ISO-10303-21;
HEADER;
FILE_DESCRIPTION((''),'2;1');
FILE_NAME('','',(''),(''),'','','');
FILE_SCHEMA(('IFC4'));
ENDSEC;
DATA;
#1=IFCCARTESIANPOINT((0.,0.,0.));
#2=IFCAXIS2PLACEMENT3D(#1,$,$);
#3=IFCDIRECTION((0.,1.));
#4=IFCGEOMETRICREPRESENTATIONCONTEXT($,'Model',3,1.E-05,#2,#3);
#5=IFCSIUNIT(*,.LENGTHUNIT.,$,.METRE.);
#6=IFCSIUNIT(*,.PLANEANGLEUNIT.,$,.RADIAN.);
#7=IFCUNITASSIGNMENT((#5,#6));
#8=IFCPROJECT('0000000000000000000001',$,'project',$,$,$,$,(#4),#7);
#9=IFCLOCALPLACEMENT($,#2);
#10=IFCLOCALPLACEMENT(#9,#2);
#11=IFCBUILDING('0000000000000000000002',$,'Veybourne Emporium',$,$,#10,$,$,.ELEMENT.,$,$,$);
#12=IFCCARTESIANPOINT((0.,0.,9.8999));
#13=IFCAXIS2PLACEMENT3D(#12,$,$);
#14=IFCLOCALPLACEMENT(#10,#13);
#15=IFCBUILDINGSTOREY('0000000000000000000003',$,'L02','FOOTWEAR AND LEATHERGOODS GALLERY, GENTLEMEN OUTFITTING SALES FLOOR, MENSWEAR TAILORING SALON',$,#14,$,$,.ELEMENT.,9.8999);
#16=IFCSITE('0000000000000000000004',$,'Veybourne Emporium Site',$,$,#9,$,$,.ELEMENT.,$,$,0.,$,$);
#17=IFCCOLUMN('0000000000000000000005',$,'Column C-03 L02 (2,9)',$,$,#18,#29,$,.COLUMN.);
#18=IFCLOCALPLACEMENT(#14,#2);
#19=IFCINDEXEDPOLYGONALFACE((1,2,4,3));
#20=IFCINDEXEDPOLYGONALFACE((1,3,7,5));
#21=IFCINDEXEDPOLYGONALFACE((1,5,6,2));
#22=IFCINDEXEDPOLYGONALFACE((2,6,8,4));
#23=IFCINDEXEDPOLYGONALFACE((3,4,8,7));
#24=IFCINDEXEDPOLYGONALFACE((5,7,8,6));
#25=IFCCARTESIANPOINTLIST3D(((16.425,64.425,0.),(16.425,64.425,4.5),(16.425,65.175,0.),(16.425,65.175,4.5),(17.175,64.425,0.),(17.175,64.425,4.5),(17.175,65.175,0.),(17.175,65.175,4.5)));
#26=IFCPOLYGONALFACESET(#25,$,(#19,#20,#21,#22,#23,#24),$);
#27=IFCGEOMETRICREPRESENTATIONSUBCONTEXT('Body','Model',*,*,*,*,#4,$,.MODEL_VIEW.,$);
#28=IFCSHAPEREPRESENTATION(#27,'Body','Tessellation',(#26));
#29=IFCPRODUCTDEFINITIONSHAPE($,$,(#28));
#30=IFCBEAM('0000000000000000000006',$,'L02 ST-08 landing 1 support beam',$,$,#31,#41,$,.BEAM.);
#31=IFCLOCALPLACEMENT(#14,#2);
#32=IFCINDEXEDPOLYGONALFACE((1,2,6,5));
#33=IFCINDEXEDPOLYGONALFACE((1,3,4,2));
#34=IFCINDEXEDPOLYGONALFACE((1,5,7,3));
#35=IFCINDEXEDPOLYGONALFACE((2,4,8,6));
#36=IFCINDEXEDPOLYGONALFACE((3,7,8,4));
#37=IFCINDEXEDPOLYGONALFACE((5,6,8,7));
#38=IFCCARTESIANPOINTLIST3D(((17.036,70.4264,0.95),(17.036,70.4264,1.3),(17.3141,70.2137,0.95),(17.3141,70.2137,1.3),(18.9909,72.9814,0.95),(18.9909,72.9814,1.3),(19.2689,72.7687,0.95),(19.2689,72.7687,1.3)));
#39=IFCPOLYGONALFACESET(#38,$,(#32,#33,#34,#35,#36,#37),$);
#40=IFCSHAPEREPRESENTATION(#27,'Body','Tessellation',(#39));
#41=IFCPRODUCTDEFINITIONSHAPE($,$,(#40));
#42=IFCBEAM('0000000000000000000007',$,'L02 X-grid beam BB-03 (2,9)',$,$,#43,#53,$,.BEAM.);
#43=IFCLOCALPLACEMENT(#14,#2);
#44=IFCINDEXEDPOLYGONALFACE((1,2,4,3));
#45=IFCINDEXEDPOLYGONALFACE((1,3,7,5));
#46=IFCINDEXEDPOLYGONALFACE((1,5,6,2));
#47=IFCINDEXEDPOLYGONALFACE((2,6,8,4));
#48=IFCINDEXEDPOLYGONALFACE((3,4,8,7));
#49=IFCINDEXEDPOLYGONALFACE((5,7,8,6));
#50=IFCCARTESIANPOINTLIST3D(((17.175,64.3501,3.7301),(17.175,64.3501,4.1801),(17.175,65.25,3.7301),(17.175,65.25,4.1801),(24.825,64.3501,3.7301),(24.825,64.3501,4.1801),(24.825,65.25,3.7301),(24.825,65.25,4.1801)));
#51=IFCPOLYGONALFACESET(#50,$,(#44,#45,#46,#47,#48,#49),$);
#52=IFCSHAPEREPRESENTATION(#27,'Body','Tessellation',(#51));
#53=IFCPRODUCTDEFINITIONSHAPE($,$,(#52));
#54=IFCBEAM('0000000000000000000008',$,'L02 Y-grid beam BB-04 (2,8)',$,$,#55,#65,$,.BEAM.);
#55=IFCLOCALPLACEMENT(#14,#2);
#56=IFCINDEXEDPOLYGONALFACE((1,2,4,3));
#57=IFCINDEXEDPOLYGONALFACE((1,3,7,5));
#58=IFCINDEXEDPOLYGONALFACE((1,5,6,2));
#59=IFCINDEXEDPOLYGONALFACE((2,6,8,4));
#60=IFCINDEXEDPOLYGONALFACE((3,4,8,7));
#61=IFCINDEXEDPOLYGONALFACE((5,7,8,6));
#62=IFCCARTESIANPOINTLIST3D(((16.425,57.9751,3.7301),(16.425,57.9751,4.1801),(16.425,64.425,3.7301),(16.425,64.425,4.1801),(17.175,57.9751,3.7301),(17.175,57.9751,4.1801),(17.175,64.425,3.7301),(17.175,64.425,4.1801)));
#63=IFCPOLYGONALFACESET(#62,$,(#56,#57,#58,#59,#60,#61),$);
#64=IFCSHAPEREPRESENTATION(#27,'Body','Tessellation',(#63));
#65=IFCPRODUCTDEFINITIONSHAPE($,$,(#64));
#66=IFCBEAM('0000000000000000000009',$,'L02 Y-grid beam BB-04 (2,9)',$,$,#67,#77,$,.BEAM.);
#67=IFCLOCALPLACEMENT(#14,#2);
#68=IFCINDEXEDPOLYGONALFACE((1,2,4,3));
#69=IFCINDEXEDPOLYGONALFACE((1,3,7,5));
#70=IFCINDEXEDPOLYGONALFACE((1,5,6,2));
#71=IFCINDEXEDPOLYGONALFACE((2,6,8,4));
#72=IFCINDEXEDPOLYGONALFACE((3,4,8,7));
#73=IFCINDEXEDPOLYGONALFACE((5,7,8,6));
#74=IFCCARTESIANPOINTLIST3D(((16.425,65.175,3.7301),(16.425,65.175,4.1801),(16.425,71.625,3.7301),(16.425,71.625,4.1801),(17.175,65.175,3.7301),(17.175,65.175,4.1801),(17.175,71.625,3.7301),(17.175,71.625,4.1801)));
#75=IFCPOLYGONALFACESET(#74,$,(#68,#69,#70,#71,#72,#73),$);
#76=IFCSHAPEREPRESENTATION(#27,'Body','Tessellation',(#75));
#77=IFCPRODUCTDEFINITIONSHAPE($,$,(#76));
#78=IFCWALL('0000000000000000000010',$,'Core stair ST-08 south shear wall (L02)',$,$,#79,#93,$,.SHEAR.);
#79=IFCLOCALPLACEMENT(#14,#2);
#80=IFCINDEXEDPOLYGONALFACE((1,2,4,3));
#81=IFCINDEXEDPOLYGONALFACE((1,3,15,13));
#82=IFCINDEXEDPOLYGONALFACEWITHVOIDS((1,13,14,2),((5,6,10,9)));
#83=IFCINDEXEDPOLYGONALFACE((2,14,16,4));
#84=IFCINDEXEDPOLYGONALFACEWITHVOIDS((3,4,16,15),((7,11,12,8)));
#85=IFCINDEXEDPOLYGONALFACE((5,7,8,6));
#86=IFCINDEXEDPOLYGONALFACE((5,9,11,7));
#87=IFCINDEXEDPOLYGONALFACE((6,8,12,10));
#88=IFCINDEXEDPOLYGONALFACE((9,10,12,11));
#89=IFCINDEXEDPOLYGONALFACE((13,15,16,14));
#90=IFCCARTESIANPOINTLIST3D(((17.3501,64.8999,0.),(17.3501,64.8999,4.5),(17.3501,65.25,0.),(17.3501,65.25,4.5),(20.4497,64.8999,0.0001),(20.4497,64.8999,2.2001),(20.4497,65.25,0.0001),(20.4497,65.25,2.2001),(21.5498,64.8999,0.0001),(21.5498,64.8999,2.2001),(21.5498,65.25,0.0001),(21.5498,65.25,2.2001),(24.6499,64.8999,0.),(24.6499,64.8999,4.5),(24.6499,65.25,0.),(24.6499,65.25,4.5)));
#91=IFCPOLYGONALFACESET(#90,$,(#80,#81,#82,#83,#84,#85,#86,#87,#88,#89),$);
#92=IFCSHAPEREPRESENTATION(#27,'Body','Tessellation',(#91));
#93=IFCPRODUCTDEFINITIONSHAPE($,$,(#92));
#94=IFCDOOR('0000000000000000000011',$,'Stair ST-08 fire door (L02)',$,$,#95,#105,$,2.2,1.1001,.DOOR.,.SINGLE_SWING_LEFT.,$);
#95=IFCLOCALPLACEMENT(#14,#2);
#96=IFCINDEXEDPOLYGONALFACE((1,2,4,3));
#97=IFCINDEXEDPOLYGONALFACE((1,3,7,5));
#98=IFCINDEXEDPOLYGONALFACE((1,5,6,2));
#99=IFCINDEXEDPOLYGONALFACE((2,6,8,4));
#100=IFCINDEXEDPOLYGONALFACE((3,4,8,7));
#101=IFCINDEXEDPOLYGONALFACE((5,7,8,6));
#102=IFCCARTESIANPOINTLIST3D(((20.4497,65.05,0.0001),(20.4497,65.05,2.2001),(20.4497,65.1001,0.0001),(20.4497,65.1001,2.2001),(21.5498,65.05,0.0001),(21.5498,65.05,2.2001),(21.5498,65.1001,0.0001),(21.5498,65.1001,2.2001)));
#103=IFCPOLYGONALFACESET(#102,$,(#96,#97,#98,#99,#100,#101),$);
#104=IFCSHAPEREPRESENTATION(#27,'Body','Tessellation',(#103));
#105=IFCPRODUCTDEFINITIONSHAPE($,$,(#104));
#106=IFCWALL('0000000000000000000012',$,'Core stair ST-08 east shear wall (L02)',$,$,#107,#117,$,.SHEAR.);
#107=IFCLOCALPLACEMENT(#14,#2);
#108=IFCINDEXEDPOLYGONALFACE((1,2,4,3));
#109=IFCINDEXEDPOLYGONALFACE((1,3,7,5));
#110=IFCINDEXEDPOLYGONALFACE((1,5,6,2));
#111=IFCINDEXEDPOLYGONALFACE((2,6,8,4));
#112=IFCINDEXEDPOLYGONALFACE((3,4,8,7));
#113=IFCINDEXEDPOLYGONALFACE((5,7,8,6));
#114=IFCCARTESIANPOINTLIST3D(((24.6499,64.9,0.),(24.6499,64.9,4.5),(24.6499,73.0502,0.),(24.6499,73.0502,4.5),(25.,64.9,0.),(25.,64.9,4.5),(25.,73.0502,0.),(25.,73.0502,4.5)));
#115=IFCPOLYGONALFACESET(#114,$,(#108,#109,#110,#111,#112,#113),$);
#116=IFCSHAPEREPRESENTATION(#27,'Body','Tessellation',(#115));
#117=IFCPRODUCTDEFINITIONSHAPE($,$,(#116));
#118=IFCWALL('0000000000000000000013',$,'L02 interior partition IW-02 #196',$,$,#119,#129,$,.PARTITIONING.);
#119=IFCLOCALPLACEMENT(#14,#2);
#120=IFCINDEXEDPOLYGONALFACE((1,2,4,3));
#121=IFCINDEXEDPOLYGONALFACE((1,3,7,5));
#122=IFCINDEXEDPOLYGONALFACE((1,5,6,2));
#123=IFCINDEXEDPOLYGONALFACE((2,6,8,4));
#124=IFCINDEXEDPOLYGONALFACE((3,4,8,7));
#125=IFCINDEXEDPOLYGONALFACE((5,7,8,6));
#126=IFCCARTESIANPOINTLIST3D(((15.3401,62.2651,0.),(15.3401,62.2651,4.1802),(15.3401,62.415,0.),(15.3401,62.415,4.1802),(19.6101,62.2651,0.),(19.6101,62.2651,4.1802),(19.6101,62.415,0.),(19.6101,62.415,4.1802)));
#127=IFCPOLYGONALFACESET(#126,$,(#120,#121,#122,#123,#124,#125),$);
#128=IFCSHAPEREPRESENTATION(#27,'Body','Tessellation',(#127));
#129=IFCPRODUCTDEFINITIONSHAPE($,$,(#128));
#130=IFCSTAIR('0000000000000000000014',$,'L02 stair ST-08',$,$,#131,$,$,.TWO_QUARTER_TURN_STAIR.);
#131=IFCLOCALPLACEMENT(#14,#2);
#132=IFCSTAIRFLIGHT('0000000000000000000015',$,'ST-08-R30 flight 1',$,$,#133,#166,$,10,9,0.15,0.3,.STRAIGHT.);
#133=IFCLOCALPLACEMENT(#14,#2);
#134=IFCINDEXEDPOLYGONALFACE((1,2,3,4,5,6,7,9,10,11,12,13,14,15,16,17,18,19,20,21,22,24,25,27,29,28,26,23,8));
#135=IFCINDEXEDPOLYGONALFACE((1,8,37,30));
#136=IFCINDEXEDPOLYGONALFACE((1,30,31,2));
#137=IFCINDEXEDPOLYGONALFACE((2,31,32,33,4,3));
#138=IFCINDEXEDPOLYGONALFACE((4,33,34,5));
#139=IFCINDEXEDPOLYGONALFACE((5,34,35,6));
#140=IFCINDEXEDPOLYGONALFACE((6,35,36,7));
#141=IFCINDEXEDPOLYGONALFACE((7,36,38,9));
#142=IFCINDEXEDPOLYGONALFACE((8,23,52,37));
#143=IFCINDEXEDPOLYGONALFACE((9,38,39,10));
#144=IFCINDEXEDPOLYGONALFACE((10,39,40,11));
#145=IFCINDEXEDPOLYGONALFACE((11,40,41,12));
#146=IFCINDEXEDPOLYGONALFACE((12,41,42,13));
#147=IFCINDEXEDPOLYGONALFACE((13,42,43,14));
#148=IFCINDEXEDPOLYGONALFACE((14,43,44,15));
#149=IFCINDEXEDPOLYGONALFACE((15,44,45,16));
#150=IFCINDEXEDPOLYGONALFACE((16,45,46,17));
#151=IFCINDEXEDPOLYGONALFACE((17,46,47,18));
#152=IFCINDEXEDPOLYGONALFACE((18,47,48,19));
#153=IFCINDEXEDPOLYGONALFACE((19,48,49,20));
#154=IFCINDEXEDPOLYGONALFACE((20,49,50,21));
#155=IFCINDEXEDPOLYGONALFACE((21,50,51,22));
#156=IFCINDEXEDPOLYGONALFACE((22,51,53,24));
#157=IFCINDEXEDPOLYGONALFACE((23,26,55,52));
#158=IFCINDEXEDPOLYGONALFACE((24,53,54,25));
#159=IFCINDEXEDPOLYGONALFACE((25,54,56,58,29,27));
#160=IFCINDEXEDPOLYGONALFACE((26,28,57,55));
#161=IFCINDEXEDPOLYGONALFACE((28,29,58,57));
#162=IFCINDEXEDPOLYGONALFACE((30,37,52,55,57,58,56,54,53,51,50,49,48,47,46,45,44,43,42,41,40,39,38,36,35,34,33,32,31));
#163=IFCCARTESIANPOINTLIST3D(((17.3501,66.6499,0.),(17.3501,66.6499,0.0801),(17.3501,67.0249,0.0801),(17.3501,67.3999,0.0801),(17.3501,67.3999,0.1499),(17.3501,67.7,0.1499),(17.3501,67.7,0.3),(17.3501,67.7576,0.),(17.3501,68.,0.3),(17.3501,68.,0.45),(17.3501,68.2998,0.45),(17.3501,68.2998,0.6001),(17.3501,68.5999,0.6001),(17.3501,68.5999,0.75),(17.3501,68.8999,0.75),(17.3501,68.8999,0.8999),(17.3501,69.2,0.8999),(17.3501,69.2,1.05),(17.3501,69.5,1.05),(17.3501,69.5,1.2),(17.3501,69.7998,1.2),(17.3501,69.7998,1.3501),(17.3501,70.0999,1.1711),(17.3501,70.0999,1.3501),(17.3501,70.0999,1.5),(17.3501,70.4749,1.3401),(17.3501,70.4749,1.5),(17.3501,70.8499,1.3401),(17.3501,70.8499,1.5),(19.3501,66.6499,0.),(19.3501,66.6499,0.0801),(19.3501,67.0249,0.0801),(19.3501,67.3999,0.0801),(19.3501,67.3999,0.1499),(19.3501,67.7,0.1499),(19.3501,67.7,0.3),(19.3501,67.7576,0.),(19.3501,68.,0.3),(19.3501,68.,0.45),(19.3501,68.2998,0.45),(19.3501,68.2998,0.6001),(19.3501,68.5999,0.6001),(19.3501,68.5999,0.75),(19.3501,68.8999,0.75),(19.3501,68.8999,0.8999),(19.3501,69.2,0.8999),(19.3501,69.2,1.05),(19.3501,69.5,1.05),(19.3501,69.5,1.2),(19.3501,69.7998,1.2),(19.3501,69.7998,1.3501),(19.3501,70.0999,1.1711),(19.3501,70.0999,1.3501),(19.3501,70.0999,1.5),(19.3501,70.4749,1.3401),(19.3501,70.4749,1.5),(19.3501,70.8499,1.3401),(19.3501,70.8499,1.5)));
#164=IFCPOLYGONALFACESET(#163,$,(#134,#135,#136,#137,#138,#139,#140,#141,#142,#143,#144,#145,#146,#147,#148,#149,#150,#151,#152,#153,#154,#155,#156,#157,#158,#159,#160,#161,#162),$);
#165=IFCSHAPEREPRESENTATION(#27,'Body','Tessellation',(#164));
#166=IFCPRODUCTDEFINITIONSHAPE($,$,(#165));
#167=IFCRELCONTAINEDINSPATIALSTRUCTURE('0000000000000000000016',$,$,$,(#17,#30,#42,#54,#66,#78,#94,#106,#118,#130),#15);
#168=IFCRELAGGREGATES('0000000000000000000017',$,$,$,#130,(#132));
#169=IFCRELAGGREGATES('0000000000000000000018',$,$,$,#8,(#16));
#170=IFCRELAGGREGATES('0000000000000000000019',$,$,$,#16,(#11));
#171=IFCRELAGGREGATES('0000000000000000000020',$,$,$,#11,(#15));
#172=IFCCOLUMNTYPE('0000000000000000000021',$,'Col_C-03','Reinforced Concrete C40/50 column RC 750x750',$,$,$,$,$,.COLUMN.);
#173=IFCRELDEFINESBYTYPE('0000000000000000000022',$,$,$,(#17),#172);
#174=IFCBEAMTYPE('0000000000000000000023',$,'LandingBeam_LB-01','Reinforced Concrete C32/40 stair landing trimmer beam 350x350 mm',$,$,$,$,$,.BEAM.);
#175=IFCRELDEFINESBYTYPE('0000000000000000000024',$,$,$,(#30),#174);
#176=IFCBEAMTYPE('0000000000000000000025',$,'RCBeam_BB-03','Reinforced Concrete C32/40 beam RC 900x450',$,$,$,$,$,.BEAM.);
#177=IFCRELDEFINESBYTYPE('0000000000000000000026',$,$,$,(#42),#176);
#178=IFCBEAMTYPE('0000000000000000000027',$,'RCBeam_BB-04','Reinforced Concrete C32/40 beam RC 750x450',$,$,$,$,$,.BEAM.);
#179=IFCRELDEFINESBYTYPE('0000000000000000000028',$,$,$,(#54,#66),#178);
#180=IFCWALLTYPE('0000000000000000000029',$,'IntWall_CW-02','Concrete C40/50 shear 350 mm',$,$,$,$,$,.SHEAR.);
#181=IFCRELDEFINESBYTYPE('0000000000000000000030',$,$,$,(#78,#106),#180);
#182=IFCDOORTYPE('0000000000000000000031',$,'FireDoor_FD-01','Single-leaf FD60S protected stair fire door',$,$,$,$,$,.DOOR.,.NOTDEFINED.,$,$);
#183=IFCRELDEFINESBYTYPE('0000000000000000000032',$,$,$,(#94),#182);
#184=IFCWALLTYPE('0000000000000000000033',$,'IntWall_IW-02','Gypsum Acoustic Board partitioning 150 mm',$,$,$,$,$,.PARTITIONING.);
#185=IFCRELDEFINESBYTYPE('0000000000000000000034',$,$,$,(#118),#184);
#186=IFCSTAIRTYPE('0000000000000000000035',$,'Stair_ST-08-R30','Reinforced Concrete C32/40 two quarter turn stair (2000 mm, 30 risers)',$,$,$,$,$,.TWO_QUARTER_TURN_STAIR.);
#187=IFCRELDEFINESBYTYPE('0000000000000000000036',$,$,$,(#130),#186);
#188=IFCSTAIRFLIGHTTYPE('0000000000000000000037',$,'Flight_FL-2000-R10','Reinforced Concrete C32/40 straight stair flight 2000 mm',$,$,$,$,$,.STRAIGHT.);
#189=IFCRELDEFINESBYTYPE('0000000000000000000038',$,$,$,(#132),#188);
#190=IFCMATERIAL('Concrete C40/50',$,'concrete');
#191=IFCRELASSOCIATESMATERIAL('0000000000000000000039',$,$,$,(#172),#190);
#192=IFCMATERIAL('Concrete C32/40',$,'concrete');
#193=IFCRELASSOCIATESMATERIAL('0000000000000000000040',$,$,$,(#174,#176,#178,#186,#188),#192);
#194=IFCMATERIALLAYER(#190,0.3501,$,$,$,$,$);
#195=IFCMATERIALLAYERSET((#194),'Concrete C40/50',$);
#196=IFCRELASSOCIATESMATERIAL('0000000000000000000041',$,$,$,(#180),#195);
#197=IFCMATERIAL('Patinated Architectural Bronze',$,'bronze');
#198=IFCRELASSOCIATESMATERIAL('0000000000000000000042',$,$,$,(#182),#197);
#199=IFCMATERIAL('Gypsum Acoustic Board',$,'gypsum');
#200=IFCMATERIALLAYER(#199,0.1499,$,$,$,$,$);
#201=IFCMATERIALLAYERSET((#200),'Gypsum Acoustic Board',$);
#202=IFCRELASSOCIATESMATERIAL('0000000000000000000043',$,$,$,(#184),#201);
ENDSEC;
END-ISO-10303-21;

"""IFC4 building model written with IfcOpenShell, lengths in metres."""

from ifc_helpers import new_model, si_unit, direction, frame, frame_2d, origin, origin_2d, place, context, subcontext, project, spatial, polyline, rectangle, outline, extrude, material, layer, layer_set, material_profile, profile_set, type_object, element, fill, aggregate, save


model = new_model("IFC4")

# Units and contexts
model_context = context("Model", 3, precision=1e-05, world=origin(), true_north=direction((0.0, 1.0)))
body_context = subcontext(model_context, "Body", "Model", "MODEL_VIEW")
ifc_project = project(units=[si_unit("LENGTHUNIT", "METRE"), si_unit("PLANEANGLEUNIT", "RADIAN")], contexts=[model_context])

# Site, building, storey
site_placement = place(None, origin())
site = spatial("IfcSite", under=ifc_project, at=site_placement, Name="Veybourne Emporium Site", CompositionType="ELEMENT", RefElevation=0.0)
building_placement = place(site_placement, origin())
building = spatial("IfcBuilding", under=site, at=building_placement, Name="Veybourne Emporium", CompositionType="ELEMENT")
storey_placement = place(building_placement, frame((0.0, 0.0, 9.8999)))
storey = spatial("IfcBuildingStorey", under=building, at=storey_placement, Name="L02", Description="FOOTWEAR AND LEATHERGOODS GALLERY, GENTLEMEN OUTFITTING SALES FLOOR, MENSWEAR TAILORING SALON", CompositionType="ELEMENT", Elevation=9.8999)

# Column
ifc_material_1 = material(Name="Concrete C40/50", Category="concrete")
ifc_material_profile_1 = material_profile(ifc_material_1, rectangle(XDim=0.75, YDim=0.75, at=origin_2d()), Name="RC 750x750")
ifc_profile_set_1 = profile_set([ifc_material_profile_1], Name="Concrete C40/50")
column_type = type_object("IfcColumnType", Name="Col_C-03", Description="Reinforced Concrete C40/50 column RC 750x750", PredefinedType="COLUMN", material=ifc_profile_set_1)
column_placement = place(storey_placement, frame((16.8, 64.8, 0.0), z_axis=(0.0, 0.0, 1.0), x_axis=(1.0, 0.0, 0.0)))
element("IfcColumn", 1, at=column_placement, inside=storey, type_object=column_type, Name="Column C-03 L02 (2,9)", PredefinedType="COLUMN", context=body_context, shape_type="SweptSolid", body=[
    extrude(rectangle(XDim=0.75, YDim=0.75, at=origin_2d()), origin(), (0.0, 0.0, 1.0), 4.5),
])

# Beams
ifc_material_2 = material(Name="Concrete C32/40", Category="concrete")
ifc_material_profile_2 = material_profile(ifc_material_2, rectangle(XDim=0.3501, YDim=0.3501, at=origin_2d()), Name="RC 350x350")
ifc_profile_set_2 = profile_set([ifc_material_profile_2], Name="Concrete C32/40")
beam_type_1 = type_object("IfcBeamType", Name="LandingBeam_LB-01", Description="Reinforced Concrete C32/40 stair landing trimmer beam 350x350 mm", PredefinedType="BEAM", material=ifc_profile_set_2)
beam_1_placement = place(storey_placement, frame((17.175, 70.3201, 1.125), z_axis=(0.607659, 0.794198, 0.0), x_axis=(-0.794198, 0.607659, 0.0)))
element("IfcBeam", 2, at=beam_1_placement, inside=storey, type_object=beam_type_1, Name="L02 ST-08 landing 1 support beam", PredefinedType="BEAM", context=body_context, shape_type="SweptSolid", body=[
    extrude(rectangle(XDim=0.3501, YDim=0.3501, at=origin_2d()), origin(), (0.0, 0.0, 1.0), 3.217),
])
ifc_material_profile_3 = material_profile(ifc_material_2, rectangle(XDim=0.8999, YDim=0.45, at=origin_2d()), Name="RC 900x450")
ifc_profile_set_3 = profile_set([ifc_material_profile_3], Name="Concrete C32/40")
beam_type_2 = type_object("IfcBeamType", Name="RCBeam_BB-03", Description="Reinforced Concrete C32/40 beam RC 900x450", PredefinedType="BEAM", material=ifc_profile_set_3)
beam_2_placement = place(storey_placement, frame((17.175, 64.8, 3.9551), z_axis=(1.0, 0.0, 0.0), x_axis=(0.0, 1.0, 0.0)))
element("IfcBeam", 3, at=beam_2_placement, inside=storey, type_object=beam_type_2, Name="L02 X-grid beam BB-03 (2,9)", PredefinedType="BEAM", context=body_context, shape_type="SweptSolid", body=[
    extrude(rectangle(XDim=0.8999, YDim=0.45, at=origin_2d()), origin(), (0.0, 0.0, 1.0), 7.6499),
])
ifc_material_profile_4 = material_profile(ifc_material_2, rectangle(XDim=0.75, YDim=0.45, at=origin_2d()), Name="RC 750x450")
ifc_profile_set_4 = profile_set([ifc_material_profile_4], Name="Concrete C32/40")
beam_type_3 = type_object("IfcBeamType", Name="RCBeam_BB-04", Description="Reinforced Concrete C32/40 beam RC 750x450", PredefinedType="BEAM", material=ifc_profile_set_4)
for number, where, z_axis, x_axis, name in (
    (4, (16.8, 57.9751, 3.9551), (0.0, 1.0, 0.0), (-1.0, 0.0, 0.0), "L02 Y-grid beam BB-04 (2,8)"),
    (5, (16.8, 65.175, 3.9551), (0.0, 1.0, 0.0), (-1.0, 0.0, 0.0), "L02 Y-grid beam BB-04 (2,9)"),
):
    element("IfcBeam", number, at=place(storey_placement, frame(where, z_axis=z_axis, x_axis=x_axis)), inside=storey, type_object=beam_type_3, Name=name, PredefinedType="BEAM", context=body_context, shape_type="SweptSolid", body=[
        extrude(rectangle(XDim=0.75, YDim=0.45, at=origin_2d()), origin(), (0.0, 0.0, 1.0), 6.45),
    ])

# Wall, opening, door
ifc_layer_1 = layer(ifc_material_1, 0.3501)
ifc_layer_set_1 = layer_set([ifc_layer_1], Name="Concrete C40/50")
wall_type_1 = type_object("IfcWallType", Name="IntWall_CW-02", Description="Concrete C40/50 shear 350 mm", PredefinedType="SHEAR", material=ifc_layer_set_1)
wall_1_placement = place(storey_placement, frame((24.6499, 65.075, 0.0), z_axis=(0.0, 0.0, 1.0), x_axis=(-1.0, 0.0, 0.0)))
wall_1 = element("IfcWall", 6, at=wall_1_placement, inside=storey, type_object=wall_type_1, Name="Core stair ST-08 south shear wall (L02)", PredefinedType="SHEAR", context=body_context, shape_type="SweptSolid", body=[
    extrude(rectangle(XDim=7.2998, YDim=0.3501, at=frame_2d((3.6499, 0.0))), origin(), (0.0, 0.0, 1.0), 4.5),
])
opening_1_placement = place(wall_1_placement, frame((3.1001, 0.0, 0.0)))
opening_1 = element("IfcOpeningElement", 7, at=opening_1_placement, cuts=wall_1, PredefinedType="OPENING", context=body_context, shape_type="SweptSolid", body=[
    extrude(rectangle(XDim=1.1001, YDim=2.2, at=frame_2d((0.55, 1.1001))), frame((0.0, 0.1951, 0.0), z_axis=(0.0, -1.0, 0.0), x_axis=(1.0, 0.0, 0.0)), (0.0, 0.0, 1.0), 0.3901),
])
ifc_material_3 = material(Name="Patinated Architectural Bronze", Category="bronze")
door_type_1 = type_object("IfcDoorType", Name="FireDoor_FD-01", Description="Single-leaf FD60S protected stair fire door", OperationType="NOTDEFINED", PredefinedType="DOOR", material=ifc_material_3)
door_1_placement = place(opening_1_placement, origin())
door_1 = element("IfcDoor", 8, at=door_1_placement, inside=storey, type_object=door_type_1, Name="Stair ST-08 fire door (L02)", OperationType="SINGLE_SWING_LEFT", OverallHeight=2.2, OverallWidth=1.1001, PredefinedType="DOOR", context=body_context, shape_type="SweptSolid", body=[
    extrude(rectangle(XDim=1.1001, YDim=2.2, at=frame_2d((0.55, 1.1001))), frame((0.0, 0.0249, 0.0), z_axis=(0.0, -1.0, 0.0), x_axis=(1.0, 0.0, 0.0)), (0.0, 0.0, 1.0), 0.05),
])
fill(opening_1, door_1)

# Wall
wall_2_placement = place(storey_placement, frame((24.825, 64.8999, 0.0), z_axis=(0.0, 0.0, 1.0), x_axis=(0.0, 1.0, 0.0)))
element("IfcWall", 9, at=wall_2_placement, inside=storey, type_object=wall_type_1, Name="Core stair ST-08 east shear wall (L02)", PredefinedType="SHEAR", context=body_context, shape_type="SweptSolid", body=[
    extrude(rectangle(XDim=8.1501, YDim=0.3501, at=frame_2d((4.0752, 0.0))), origin(), (0.0, 0.0, 1.0), 4.5),
])

# Shared definitions
ifc_material_4 = material(Name="Gypsum Acoustic Board", Category="gypsum")

# Wall
ifc_layer_2 = layer(ifc_material_4, 0.1499)
ifc_layer_set_2 = layer_set([ifc_layer_2], Name="Gypsum Acoustic Board")
wall_type_2 = type_object("IfcWallType", Name="IntWall_IW-02", Description="Gypsum Acoustic Board partitioning 150 mm", PredefinedType="PARTITIONING", material=ifc_layer_set_2)
wall_3_placement = place(storey_placement, frame((15.3401, 62.3401, 0.0), z_axis=(0.0, 0.0, 1.0), x_axis=(1.0, 0.0, 0.0)))
element("IfcWall", 10, at=wall_3_placement, inside=storey, type_object=wall_type_2, Name="L02 interior partition IW-02 #196", PredefinedType="PARTITIONING", context=body_context, shape_type="SweptSolid", body=[
    extrude(rectangle(XDim=4.27, YDim=0.1499, at=frame_2d((2.135, 0.0))), origin(), (0.0, 0.0, 1.0), 4.1802),
])

# Stair, stair flight
stair_type = type_object("IfcStairType", Name="Stair_ST-08-R30", Description="Reinforced Concrete C32/40 two quarter turn stair (2000 mm, 30 risers)", PredefinedType="TWO_QUARTER_TURN_STAIR", material=ifc_material_2)
stair_placement = place(storey_placement, origin())
stair = element("IfcStair", 11, at=stair_placement, inside=storey, type_object=stair_type, Name="L02 stair ST-08", PredefinedType="TWO_QUARTER_TURN_STAIR")
stair_flight_type = type_object("IfcStairFlightType", Name="Flight_FL-2000-R10", Description="Reinforced Concrete C32/40 straight stair flight 2000 mm", PredefinedType="STRAIGHT", material=ifc_material_2)
stair_flight_1_placement = place(storey_placement, frame((18.3501, 67.3999, 0.0), z_axis=(0.0, 0.0, 1.0), x_axis=(0.0, 1.0, 0.0)))
stair_flight_1 = element("IfcStairFlight", 12, at=stair_flight_1_placement, type_object=stair_flight_type, Name="ST-08-R30 flight 1", NumberOfRisers=10, NumberOfTreads=9, PredefinedType="STRAIGHT", RiserHeight=0.15, TreadLength=0.3, context=body_context, shape_type="SweptSolid", body=[
    extrude(outline(polyline([(-0.75, 0.0), (-0.75, 0.0801), (-0.375, 0.0801), (0.0, 0.0801), (0.0, 0.1499), (0.3, 0.1499), (0.3, 0.3), (0.6001, 0.3), (0.6001, 0.45), (0.8999, 0.45), (0.8999, 0.6001), (1.2, 0.6001), (1.2, 0.75), (1.5, 0.75), (1.5, 0.8999), (1.8, 0.8999), (1.8, 1.05), (2.1001, 1.05), (2.1001, 1.2), (2.3999, 1.2), (2.3999, 1.3501), (2.7, 1.3501), (2.7, 1.5), (3.075, 1.5), (3.45, 1.5), (3.45, 1.3401), (3.075, 1.3401), (2.7, 1.1711), (0.3577, 0.0), (-0.75, 0.0)])), frame((0.0, 1.0, 0.0), z_axis=(0.0, -1.0, 0.0), x_axis=(1.0, 0.0, 0.0)), (0.0, 0.0, 1.0), 2.0),
])
aggregate(stair, [stair_flight_1])

save(model, "model.ifc")
